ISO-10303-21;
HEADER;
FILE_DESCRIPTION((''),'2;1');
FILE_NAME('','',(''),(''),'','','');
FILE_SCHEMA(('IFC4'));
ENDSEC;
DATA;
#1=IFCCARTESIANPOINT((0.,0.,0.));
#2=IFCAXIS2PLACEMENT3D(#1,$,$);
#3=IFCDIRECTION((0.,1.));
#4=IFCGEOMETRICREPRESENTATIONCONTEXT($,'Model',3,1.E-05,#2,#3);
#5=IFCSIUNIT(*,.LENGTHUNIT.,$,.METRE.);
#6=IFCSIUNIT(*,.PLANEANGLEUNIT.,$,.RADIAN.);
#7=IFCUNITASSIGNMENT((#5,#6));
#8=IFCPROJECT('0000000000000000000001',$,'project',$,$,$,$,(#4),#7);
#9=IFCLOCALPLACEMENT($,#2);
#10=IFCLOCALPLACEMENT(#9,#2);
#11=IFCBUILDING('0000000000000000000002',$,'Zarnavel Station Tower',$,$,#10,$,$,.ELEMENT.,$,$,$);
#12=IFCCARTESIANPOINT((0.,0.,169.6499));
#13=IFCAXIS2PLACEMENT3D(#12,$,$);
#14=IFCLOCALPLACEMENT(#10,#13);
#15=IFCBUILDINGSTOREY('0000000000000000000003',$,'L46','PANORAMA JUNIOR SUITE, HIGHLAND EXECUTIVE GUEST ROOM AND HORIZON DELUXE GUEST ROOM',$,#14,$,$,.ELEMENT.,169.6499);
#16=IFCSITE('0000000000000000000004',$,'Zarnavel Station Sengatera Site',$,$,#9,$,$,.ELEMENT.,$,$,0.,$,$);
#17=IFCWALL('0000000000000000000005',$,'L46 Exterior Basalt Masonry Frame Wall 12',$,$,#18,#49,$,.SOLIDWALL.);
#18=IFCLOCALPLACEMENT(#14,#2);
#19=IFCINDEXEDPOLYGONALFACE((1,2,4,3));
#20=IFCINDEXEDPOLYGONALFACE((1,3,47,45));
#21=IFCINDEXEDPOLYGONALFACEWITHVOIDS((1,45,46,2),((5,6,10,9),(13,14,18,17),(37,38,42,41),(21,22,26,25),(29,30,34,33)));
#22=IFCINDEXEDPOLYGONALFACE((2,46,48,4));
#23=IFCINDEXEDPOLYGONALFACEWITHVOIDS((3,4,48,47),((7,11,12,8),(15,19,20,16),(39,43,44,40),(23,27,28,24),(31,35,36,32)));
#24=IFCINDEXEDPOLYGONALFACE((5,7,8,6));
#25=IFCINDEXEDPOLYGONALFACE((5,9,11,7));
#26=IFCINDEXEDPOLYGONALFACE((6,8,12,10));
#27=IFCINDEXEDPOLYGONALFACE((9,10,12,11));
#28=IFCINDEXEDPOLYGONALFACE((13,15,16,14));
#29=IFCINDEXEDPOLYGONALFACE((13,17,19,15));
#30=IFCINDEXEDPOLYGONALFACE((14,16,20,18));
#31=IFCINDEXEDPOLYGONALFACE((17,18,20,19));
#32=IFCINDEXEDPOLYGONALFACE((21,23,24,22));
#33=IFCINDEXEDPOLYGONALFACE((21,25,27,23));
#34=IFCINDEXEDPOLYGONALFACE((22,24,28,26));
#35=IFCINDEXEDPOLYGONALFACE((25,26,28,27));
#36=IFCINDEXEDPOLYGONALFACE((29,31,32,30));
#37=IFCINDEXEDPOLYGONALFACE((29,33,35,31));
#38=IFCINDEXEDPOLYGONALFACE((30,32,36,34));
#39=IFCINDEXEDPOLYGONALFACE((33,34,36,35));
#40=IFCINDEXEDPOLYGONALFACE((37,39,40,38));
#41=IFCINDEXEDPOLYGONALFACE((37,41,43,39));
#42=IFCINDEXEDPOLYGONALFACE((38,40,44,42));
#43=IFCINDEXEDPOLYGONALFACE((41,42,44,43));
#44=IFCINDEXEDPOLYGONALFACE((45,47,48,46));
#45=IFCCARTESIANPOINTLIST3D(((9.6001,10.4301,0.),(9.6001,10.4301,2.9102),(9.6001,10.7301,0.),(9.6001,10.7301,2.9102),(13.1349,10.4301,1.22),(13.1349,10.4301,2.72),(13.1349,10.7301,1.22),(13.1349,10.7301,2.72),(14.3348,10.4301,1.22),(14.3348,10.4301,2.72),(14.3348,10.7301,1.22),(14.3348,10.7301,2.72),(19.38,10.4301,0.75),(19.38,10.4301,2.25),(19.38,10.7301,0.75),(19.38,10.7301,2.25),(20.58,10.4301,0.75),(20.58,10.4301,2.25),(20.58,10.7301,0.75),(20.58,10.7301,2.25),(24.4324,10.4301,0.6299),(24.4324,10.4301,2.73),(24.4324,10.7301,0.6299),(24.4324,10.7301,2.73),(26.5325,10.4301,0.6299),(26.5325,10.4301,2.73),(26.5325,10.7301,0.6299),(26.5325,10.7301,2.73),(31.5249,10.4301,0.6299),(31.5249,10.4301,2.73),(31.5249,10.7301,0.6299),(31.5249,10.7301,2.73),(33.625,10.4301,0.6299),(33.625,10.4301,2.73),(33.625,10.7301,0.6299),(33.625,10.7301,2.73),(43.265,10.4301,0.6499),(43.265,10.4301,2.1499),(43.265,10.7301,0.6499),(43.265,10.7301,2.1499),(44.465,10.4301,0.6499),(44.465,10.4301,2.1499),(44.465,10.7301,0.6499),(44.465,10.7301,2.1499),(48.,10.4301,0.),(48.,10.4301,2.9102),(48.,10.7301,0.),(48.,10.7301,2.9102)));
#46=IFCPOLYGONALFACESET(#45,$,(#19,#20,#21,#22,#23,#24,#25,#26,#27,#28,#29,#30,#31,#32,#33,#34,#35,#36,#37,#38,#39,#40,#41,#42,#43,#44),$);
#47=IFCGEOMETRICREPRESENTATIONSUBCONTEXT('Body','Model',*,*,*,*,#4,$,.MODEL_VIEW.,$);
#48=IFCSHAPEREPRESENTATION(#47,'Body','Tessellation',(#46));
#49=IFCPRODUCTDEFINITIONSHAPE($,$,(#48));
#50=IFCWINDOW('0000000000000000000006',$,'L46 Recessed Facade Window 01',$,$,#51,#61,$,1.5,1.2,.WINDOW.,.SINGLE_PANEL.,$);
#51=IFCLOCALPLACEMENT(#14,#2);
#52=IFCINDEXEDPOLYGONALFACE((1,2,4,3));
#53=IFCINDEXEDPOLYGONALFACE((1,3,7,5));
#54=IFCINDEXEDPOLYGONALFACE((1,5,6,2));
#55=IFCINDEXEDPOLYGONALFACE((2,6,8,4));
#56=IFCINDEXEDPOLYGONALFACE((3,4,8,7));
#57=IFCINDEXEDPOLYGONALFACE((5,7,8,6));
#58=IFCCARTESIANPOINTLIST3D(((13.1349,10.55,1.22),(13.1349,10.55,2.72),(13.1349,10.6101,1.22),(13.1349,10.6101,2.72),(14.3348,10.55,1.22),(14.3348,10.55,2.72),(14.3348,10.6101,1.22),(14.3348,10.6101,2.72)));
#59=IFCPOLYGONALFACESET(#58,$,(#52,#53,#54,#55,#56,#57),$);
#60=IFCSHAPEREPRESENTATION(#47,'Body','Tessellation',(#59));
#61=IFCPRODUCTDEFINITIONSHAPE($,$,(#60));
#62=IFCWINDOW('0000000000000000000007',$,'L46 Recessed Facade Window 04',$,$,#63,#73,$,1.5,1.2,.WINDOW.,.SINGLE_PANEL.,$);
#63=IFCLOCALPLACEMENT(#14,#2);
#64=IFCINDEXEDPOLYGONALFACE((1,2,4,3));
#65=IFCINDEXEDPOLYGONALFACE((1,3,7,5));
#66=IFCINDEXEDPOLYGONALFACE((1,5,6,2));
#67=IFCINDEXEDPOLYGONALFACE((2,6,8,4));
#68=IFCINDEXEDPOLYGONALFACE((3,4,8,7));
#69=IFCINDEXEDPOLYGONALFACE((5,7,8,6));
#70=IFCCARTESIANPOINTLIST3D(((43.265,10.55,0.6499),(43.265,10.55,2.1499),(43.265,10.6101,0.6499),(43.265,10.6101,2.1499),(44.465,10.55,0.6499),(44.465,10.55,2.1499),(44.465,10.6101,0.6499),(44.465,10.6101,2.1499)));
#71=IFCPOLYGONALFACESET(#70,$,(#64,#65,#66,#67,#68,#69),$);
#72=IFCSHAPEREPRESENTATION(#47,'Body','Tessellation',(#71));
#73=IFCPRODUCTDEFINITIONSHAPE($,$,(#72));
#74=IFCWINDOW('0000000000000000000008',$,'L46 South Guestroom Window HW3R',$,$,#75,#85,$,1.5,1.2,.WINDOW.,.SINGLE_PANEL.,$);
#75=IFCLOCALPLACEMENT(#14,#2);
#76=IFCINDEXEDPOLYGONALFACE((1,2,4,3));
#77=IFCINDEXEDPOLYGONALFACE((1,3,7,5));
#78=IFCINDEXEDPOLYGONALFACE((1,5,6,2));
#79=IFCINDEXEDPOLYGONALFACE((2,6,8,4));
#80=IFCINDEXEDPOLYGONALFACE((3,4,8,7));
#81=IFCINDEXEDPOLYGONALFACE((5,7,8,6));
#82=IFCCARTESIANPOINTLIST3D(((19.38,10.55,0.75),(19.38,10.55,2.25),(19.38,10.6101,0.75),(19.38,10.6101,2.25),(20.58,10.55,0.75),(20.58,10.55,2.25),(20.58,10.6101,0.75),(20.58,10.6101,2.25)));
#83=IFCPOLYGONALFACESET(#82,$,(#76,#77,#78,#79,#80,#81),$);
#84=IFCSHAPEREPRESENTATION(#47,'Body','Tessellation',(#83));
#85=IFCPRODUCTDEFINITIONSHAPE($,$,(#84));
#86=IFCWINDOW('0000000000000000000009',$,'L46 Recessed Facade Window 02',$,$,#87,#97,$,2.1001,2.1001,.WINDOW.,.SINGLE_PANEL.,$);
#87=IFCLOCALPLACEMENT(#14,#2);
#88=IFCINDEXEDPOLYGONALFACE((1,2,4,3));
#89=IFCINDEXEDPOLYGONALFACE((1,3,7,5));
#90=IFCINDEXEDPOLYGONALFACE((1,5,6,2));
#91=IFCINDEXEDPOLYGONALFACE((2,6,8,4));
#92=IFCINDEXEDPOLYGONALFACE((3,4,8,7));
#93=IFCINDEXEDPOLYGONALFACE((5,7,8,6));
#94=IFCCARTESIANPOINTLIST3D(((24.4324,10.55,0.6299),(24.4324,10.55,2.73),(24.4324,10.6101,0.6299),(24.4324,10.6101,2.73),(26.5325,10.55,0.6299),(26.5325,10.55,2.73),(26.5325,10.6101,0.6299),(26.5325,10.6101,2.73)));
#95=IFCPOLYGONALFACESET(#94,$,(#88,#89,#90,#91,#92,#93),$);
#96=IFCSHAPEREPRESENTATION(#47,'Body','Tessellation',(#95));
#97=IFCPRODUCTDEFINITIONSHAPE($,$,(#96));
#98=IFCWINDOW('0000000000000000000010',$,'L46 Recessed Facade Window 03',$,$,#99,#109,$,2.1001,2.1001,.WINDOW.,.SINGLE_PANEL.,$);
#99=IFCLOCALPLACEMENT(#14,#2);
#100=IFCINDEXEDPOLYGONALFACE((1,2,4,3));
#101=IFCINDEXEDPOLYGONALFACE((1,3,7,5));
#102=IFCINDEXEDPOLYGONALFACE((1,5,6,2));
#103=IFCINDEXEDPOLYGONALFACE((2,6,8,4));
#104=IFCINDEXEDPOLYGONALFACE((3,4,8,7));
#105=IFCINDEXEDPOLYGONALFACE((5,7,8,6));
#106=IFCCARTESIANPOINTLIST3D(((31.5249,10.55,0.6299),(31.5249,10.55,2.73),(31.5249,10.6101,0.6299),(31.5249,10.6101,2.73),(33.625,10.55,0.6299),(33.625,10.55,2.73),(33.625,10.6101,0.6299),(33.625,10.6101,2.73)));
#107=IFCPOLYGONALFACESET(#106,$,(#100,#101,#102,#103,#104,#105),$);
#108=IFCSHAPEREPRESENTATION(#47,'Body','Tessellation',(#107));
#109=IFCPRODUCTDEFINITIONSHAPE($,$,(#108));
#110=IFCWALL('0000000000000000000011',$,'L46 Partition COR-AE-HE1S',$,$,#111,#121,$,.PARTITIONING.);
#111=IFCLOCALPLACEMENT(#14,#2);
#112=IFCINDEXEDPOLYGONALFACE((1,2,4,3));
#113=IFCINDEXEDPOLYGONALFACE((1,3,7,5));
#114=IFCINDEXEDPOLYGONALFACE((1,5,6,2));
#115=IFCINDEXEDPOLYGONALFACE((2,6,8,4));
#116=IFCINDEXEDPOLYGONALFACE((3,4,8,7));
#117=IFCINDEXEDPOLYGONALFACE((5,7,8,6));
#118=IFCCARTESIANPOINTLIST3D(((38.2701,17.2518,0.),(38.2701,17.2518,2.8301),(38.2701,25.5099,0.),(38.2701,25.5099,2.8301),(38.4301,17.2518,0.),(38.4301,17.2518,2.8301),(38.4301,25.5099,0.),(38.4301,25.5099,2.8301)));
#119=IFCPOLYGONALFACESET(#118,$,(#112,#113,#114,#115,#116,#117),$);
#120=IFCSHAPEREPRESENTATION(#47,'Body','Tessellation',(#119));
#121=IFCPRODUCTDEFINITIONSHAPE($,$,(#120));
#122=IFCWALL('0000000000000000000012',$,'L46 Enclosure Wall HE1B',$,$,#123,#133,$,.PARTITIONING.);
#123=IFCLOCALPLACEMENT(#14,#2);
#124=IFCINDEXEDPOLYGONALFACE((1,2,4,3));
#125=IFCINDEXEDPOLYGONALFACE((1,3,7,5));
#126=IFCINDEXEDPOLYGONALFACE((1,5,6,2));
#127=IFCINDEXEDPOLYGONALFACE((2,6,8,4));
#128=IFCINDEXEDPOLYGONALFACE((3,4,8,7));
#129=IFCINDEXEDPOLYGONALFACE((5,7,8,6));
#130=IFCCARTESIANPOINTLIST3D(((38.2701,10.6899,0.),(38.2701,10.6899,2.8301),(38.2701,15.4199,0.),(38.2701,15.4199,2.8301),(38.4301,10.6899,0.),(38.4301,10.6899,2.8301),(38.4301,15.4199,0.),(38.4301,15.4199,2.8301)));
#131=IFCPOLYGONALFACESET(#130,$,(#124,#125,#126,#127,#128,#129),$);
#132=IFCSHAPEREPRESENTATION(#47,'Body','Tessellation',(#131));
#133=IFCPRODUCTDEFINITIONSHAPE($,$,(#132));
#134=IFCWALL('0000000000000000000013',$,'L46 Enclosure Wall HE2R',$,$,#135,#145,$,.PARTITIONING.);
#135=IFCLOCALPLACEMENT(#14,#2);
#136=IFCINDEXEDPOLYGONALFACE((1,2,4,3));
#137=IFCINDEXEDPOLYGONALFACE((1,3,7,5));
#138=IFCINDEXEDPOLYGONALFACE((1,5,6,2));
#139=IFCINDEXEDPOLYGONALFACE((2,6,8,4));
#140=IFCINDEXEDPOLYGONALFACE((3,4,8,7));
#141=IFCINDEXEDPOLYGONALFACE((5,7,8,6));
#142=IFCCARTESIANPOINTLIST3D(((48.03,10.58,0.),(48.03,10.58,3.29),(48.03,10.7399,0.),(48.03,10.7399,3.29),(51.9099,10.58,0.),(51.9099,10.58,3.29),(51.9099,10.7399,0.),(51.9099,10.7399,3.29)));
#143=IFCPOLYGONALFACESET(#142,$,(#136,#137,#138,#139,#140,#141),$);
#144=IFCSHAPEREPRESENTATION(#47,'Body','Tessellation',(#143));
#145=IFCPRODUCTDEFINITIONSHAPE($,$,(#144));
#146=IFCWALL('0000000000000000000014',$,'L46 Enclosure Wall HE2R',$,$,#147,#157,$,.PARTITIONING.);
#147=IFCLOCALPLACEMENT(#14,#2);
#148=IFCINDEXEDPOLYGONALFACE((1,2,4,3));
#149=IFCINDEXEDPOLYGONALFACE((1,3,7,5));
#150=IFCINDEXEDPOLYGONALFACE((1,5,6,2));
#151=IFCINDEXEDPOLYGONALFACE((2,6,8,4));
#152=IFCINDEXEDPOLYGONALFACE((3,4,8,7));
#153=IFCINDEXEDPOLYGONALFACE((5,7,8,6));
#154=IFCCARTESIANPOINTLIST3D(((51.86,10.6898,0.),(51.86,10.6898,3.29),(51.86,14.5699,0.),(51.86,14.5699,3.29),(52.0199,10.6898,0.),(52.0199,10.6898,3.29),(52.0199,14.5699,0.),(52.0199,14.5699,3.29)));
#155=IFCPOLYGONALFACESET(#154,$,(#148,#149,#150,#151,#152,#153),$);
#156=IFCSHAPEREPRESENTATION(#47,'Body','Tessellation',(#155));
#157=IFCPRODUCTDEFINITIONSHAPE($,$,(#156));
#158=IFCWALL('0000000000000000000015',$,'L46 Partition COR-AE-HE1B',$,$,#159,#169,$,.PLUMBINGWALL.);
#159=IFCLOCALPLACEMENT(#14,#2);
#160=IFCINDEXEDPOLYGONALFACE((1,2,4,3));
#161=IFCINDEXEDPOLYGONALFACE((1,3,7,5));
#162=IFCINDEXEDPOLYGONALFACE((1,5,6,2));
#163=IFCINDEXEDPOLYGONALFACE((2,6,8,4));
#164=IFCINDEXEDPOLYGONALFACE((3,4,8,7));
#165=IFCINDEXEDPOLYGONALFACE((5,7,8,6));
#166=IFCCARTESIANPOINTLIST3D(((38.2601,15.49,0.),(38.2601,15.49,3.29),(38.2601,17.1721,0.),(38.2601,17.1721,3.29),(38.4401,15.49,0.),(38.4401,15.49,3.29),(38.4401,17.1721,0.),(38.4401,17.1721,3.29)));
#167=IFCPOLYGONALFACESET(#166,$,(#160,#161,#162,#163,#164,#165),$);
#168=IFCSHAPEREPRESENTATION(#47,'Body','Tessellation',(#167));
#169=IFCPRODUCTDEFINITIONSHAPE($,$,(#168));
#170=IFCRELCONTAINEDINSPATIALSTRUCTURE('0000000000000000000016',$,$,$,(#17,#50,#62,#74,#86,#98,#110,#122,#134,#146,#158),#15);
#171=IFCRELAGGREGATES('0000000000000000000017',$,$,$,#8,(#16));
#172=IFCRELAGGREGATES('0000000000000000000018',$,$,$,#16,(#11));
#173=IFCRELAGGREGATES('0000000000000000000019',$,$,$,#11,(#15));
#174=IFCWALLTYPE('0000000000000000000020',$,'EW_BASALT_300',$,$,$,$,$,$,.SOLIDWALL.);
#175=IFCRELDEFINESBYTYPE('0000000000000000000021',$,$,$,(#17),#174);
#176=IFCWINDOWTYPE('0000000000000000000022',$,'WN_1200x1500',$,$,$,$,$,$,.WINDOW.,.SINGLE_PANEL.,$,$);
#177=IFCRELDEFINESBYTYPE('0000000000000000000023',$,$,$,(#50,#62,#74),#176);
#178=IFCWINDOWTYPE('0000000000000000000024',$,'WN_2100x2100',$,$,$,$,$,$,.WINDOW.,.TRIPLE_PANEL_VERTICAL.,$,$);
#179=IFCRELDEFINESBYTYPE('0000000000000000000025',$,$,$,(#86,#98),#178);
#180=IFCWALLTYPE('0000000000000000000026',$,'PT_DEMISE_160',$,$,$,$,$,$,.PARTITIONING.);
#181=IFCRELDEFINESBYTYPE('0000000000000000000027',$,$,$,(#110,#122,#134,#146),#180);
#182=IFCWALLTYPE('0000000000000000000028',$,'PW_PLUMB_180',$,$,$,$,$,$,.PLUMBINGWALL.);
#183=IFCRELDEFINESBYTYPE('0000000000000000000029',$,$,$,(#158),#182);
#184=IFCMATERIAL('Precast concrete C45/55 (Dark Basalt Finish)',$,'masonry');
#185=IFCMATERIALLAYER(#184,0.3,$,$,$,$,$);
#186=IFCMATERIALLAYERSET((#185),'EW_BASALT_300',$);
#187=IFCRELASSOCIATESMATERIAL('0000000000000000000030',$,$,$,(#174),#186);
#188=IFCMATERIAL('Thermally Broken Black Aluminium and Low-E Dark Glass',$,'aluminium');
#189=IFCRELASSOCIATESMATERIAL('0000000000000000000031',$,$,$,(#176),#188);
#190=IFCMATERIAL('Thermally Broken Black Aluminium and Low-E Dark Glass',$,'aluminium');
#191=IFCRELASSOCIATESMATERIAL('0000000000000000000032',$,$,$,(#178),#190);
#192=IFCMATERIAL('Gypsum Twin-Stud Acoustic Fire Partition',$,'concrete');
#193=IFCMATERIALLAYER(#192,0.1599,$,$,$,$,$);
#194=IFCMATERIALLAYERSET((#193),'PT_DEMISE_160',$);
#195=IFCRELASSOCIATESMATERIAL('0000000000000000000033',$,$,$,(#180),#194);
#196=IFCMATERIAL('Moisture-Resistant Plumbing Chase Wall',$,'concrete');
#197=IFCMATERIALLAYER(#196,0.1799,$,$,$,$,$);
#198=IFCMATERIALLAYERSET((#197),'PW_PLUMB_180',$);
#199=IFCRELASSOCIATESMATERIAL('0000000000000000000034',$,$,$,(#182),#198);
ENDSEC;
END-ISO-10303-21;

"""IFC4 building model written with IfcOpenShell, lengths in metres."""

from ifc_helpers import new_model, si_unit, direction, frame, frame_2d, origin, place, context, subcontext, project, spatial, rectangle, extrude, material, layer, layer_set, type_object, element, fill, save


model = new_model("IFC4")

# Units and contexts
model_context = context("Model", 3, precision=1e-05, world=origin(), true_north=direction((0.0, 1.0)))
body_context = subcontext(model_context, "Body", "Model", "MODEL_VIEW")
ifc_project = project(units=[si_unit("LENGTHUNIT", "METRE"), si_unit("PLANEANGLEUNIT", "RADIAN")], contexts=[model_context])

# Site, building, storey
site_placement = place(None, origin())
site = spatial("IfcSite", under=ifc_project, at=site_placement, Name="Zarnavel Station Sengatera Site", CompositionType="ELEMENT", RefElevation=0.0)
building_placement = place(site_placement, origin())
building = spatial("IfcBuilding", under=site, at=building_placement, Name="Zarnavel Station Tower", CompositionType="ELEMENT")
storey_placement = place(building_placement, frame((0.0, 0.0, 169.6499)))
storey = spatial("IfcBuildingStorey", under=building, at=storey_placement, Name="L46", Description="PANORAMA JUNIOR SUITE, HIGHLAND EXECUTIVE GUEST ROOM AND HORIZON DELUXE GUEST ROOM", CompositionType="ELEMENT", Elevation=169.6499)

# Shared definitions
ifc_material_1 = material(Name="Precast concrete C45/55 (Dark Basalt Finish)", Category="masonry")
ifc_layer_1 = layer(ifc_material_1, 0.3)
ifc_layer_set_1 = layer_set([ifc_layer_1], Name="EW_BASALT_300")
wall_type_1 = type_object("IfcWallType", Name="EW_BASALT_300", PredefinedType="SOLIDWALL", material=ifc_layer_set_1)

# Wall, openings, windows
wall_1_placement = place(storey_placement, frame((48.0, 10.5801, 0.0), z_axis=(0.0, 0.0, 1.0), x_axis=(-1.0, 0.0, 0.0)))
wall_1 = element("IfcWall", 1, at=wall_1_placement, inside=storey, type_object=wall_type_1, Name="L46 Exterior Basalt Masonry Frame Wall 12", PredefinedType="SOLIDWALL", context=body_context, shape_type="SweptSolid", body=[
    extrude(rectangle(XDim=38.3999, YDim=0.3, at=frame_2d((19.2, 0.0))), origin(), (0.0, 0.0, 1.0), 2.9102),
])
opening_1_placement = place(wall_1_placement, frame((33.665, 0.0, 1.22)))
opening_1 = element("IfcOpeningElement", 2, at=opening_1_placement, cuts=wall_1, PredefinedType="OPENING", context=body_context, shape_type="SweptSolid", body=[
    extrude(rectangle(XDim=1.2, YDim=1.5, at=frame_2d((0.6001, 0.75))), frame((0.0, 0.1599, 0.0), z_axis=(0.0, -1.0, 0.0), x_axis=(1.0, 0.0, 0.0)), (0.0, 0.0, 1.0), 0.3201),
])
opening_2_placement = place(wall_1_placement, frame((21.4675, 0.0, 0.6299)))
opening_2 = element("IfcOpeningElement", 3, at=opening_2_placement, cuts=wall_1, PredefinedType="OPENING", context=body_context, shape_type="SweptSolid", body=[
    extrude(rectangle(XDim=2.1001, YDim=2.1001, at=frame_2d((1.05, 1.05))), frame((0.0, 0.1599, 0.0), z_axis=(0.0, -1.0, 0.0), x_axis=(1.0, 0.0, 0.0)), (0.0, 0.0, 1.0), 0.3201),
])
opening_3_placement = place(wall_1_placement, frame((14.375, 0.0, 0.6299)))
opening_3 = element("IfcOpeningElement", 4, at=opening_3_placement, cuts=wall_1, PredefinedType="OPENING", context=body_context, shape_type="SweptSolid", body=[
    extrude(rectangle(XDim=2.1001, YDim=2.1001, at=frame_2d((1.05, 1.05))), frame((0.0, 0.1599, 0.0), z_axis=(0.0, -1.0, 0.0), x_axis=(1.0, 0.0, 0.0)), (0.0, 0.0, 1.0), 0.3201),
])
opening_4_placement = place(wall_1_placement, frame((3.5349, 0.0, 0.6499)))
opening_4 = element("IfcOpeningElement", 5, at=opening_4_placement, cuts=wall_1, PredefinedType="OPENING", context=body_context, shape_type="SweptSolid", body=[
    extrude(rectangle(XDim=1.2, YDim=1.5, at=frame_2d((0.6001, 0.75))), frame((0.0, 0.1599, 0.0), z_axis=(0.0, -1.0, 0.0), x_axis=(1.0, 0.0, 0.0)), (0.0, 0.0, 1.0), 0.3201),
])
opening_5_placement = place(wall_1_placement, frame((27.4199, 0.0, 0.75)))
opening_5 = element("IfcOpeningElement", 6, at=opening_5_placement, cuts=wall_1, PredefinedType="OPENING", context=body_context, shape_type="SweptSolid", body=[
    extrude(rectangle(XDim=1.2, YDim=1.5, at=frame_2d((0.6001, 0.75))), frame((0.0, 0.1599, 0.0), z_axis=(0.0, -1.0, 0.0), x_axis=(1.0, 0.0, 0.0)), (0.0, 0.0, 1.0), 0.3201),
])
ifc_material_2 = material(Name="Thermally Broken Black Aluminium and Low-E Dark Glass", Category="aluminium")
window_type_1 = type_object("IfcWindowType", Name="WN_1200x1500", PartitioningType="SINGLE_PANEL", PredefinedType="WINDOW", material=ifc_material_2)
window_1_placement = place(opening_1_placement, origin())
window_1 = element("IfcWindow", 7, at=window_1_placement, inside=storey, type_object=window_type_1, Name="L46 Recessed Facade Window 01", OverallHeight=1.5, OverallWidth=1.2, PartitioningType="SINGLE_PANEL", PredefinedType="WINDOW", context=body_context, shape_type="SweptSolid", body=[
    extrude(rectangle(XDim=1.2, YDim=1.5, at=frame_2d((0.6001, 0.75))), frame((0.0, 0.03, 0.0), z_axis=(0.0, -1.0, 0.0), x_axis=(1.0, 0.0, 0.0)), (0.0, 0.0, 1.0), 0.0601),
])
fill(opening_1, window_1)
window_2_placement = place(opening_4_placement, origin())
window_2 = element("IfcWindow", 8, at=window_2_placement, inside=storey, type_object=window_type_1, Name="L46 Recessed Facade Window 04", OverallHeight=1.5, OverallWidth=1.2, PartitioningType="SINGLE_PANEL", PredefinedType="WINDOW", context=body_context, shape_type="SweptSolid", body=[
    extrude(rectangle(XDim=1.2, YDim=1.5, at=frame_2d((0.6001, 0.75))), frame((0.0, 0.03, 0.0), z_axis=(0.0, -1.0, 0.0), x_axis=(1.0, 0.0, 0.0)), (0.0, 0.0, 1.0), 0.0601),
])
fill(opening_4, window_2)
window_3_placement = place(opening_5_placement, origin())
window_3 = element("IfcWindow", 9, at=window_3_placement, inside=storey, type_object=window_type_1, Name="L46 South Guestroom Window HW3R", OverallHeight=1.5, OverallWidth=1.2, PartitioningType="SINGLE_PANEL", PredefinedType="WINDOW", context=body_context, shape_type="SweptSolid", body=[
    extrude(rectangle(XDim=1.2, YDim=1.5, at=frame_2d((0.6001, 0.75))), frame((0.0, 0.03, 0.0), z_axis=(0.0, -1.0, 0.0), x_axis=(1.0, 0.0, 0.0)), (0.0, 0.0, 1.0), 0.0601),
])
fill(opening_5, window_3)
ifc_material_3 = material(Name="Thermally Broken Black Aluminium and Low-E Dark Glass", Category="aluminium")
window_type_2 = type_object("IfcWindowType", Name="WN_2100x2100", PartitioningType="TRIPLE_PANEL_VERTICAL", PredefinedType="WINDOW", material=ifc_material_3)
window_4_placement = place(opening_2_placement, origin())
window_4 = element("IfcWindow", 10, at=window_4_placement, inside=storey, type_object=window_type_2, Name="L46 Recessed Facade Window 02", OverallHeight=2.1001, OverallWidth=2.1001, PartitioningType="SINGLE_PANEL", PredefinedType="WINDOW", context=body_context, shape_type="SweptSolid", body=[
    extrude(rectangle(XDim=2.1001, YDim=2.1001, at=frame_2d((1.05, 1.05))), frame((0.0, 0.03, 0.0), z_axis=(0.0, -1.0, 0.0), x_axis=(1.0, 0.0, 0.0)), (0.0, 0.0, 1.0), 0.0601),
])
fill(opening_2, window_4)
window_5_placement = place(opening_3_placement, origin())
window_5 = element("IfcWindow", 11, at=window_5_placement, inside=storey, type_object=window_type_2, Name="L46 Recessed Facade Window 03", OverallHeight=2.1001, OverallWidth=2.1001, PartitioningType="SINGLE_PANEL", PredefinedType="WINDOW", context=body_context, shape_type="SweptSolid", body=[
    extrude(rectangle(XDim=2.1001, YDim=2.1001, at=frame_2d((1.05, 1.05))), frame((0.0, 0.03, 0.0), z_axis=(0.0, -1.0, 0.0), x_axis=(1.0, 0.0, 0.0)), (0.0, 0.0, 1.0), 0.0601),
])
fill(opening_3, window_5)

# Walls
ifc_material_4 = material(Name="Gypsum Twin-Stud Acoustic Fire Partition", Category="concrete")
ifc_layer_2 = layer(ifc_material_4, 0.1599)
ifc_layer_set_2 = layer_set([ifc_layer_2], Name="PT_DEMISE_160")
wall_type_2 = type_object("IfcWallType", Name="PT_DEMISE_160", PredefinedType="PARTITIONING", material=ifc_layer_set_2)
wall_2_placement = place(storey_placement, frame((38.3501, 17.252, 0.0), z_axis=(0.0, 0.0, 1.0), x_axis=(0.0, 1.0, 0.0)))
element("IfcWall", 12, at=wall_2_placement, inside=storey, type_object=wall_type_2, Name="L46 Partition COR-AE-HE1S", PredefinedType="PARTITIONING", context=body_context, shape_type="SweptSolid", body=[
    extrude(rectangle(XDim=8.2581, YDim=0.1599, at=frame_2d((4.1289, 0.0))), origin(), (0.0, 0.0, 1.0), 2.8301),
])
wall_3_placement = place(storey_placement, frame((38.3501, 10.6899, 0.0), z_axis=(0.0, 0.0, 1.0), x_axis=(0.0, 1.0, 0.0)))
element("IfcWall", 13, at=wall_3_placement, inside=storey, type_object=wall_type_2, Name="L46 Enclosure Wall HE1B", PredefinedType="PARTITIONING", context=body_context, shape_type="SweptSolid", body=[
    extrude(rectangle(XDim=4.73, YDim=0.1599, at=frame_2d((2.365, 0.0))), origin(), (0.0, 0.0, 1.0), 2.8301),
])
wall_4_placement = place(storey_placement, frame((48.03, 10.6599, 0.0), z_axis=(0.0, 0.0, 1.0), x_axis=(1.0, 0.0, 0.0)))
element("IfcWall", 14, at=wall_4_placement, inside=storey, type_object=wall_type_2, Name="L46 Enclosure Wall HE2R", PredefinedType="PARTITIONING", context=body_context, shape_type="SweptSolid", body=[
    extrude(rectangle(XDim=3.8799, YDim=0.1599, at=frame_2d((1.9399, 0.0))), origin(), (0.0, 0.0, 1.0), 3.29),
])
wall_5_placement = place(storey_placement, frame((51.9399, 10.6899, 0.0), z_axis=(0.0, 0.0, 1.0), x_axis=(0.0, 1.0, 0.0)))
element("IfcWall", 15, at=wall_5_placement, inside=storey, type_object=wall_type_2, Name="L46 Enclosure Wall HE2R", PredefinedType="PARTITIONING", context=body_context, shape_type="SweptSolid", body=[
    extrude(rectangle(XDim=3.8801, YDim=0.1599, at=frame_2d((1.9399, 0.0))), origin(), (0.0, 0.0, 1.0), 3.29),
])
ifc_material_5 = material(Name="Moisture-Resistant Plumbing Chase Wall", Category="concrete")
ifc_layer_3 = layer(ifc_material_5, 0.1799)
ifc_layer_set_3 = layer_set([ifc_layer_3], Name="PW_PLUMB_180")
wall_type_3 = type_object("IfcWallType", Name="PW_PLUMB_180", PredefinedType="PLUMBINGWALL", material=ifc_layer_set_3)
wall_6_placement = place(storey_placement, frame((38.3501, 15.49, 0.0), z_axis=(0.0, 0.0, 1.0), x_axis=(0.0, 1.0, 0.0)))
element("IfcWall", 16, at=wall_6_placement, inside=storey, type_object=wall_type_3, Name="L46 Partition COR-AE-HE1B", PredefinedType="PLUMBINGWALL", context=body_context, shape_type="SweptSolid", body=[
    extrude(rectangle(XDim=1.6821, YDim=0.1799, at=frame_2d((0.8411, 0.0))), origin(), (0.0, 0.0, 1.0), 3.29),
])

save(model, "model.ifc")
